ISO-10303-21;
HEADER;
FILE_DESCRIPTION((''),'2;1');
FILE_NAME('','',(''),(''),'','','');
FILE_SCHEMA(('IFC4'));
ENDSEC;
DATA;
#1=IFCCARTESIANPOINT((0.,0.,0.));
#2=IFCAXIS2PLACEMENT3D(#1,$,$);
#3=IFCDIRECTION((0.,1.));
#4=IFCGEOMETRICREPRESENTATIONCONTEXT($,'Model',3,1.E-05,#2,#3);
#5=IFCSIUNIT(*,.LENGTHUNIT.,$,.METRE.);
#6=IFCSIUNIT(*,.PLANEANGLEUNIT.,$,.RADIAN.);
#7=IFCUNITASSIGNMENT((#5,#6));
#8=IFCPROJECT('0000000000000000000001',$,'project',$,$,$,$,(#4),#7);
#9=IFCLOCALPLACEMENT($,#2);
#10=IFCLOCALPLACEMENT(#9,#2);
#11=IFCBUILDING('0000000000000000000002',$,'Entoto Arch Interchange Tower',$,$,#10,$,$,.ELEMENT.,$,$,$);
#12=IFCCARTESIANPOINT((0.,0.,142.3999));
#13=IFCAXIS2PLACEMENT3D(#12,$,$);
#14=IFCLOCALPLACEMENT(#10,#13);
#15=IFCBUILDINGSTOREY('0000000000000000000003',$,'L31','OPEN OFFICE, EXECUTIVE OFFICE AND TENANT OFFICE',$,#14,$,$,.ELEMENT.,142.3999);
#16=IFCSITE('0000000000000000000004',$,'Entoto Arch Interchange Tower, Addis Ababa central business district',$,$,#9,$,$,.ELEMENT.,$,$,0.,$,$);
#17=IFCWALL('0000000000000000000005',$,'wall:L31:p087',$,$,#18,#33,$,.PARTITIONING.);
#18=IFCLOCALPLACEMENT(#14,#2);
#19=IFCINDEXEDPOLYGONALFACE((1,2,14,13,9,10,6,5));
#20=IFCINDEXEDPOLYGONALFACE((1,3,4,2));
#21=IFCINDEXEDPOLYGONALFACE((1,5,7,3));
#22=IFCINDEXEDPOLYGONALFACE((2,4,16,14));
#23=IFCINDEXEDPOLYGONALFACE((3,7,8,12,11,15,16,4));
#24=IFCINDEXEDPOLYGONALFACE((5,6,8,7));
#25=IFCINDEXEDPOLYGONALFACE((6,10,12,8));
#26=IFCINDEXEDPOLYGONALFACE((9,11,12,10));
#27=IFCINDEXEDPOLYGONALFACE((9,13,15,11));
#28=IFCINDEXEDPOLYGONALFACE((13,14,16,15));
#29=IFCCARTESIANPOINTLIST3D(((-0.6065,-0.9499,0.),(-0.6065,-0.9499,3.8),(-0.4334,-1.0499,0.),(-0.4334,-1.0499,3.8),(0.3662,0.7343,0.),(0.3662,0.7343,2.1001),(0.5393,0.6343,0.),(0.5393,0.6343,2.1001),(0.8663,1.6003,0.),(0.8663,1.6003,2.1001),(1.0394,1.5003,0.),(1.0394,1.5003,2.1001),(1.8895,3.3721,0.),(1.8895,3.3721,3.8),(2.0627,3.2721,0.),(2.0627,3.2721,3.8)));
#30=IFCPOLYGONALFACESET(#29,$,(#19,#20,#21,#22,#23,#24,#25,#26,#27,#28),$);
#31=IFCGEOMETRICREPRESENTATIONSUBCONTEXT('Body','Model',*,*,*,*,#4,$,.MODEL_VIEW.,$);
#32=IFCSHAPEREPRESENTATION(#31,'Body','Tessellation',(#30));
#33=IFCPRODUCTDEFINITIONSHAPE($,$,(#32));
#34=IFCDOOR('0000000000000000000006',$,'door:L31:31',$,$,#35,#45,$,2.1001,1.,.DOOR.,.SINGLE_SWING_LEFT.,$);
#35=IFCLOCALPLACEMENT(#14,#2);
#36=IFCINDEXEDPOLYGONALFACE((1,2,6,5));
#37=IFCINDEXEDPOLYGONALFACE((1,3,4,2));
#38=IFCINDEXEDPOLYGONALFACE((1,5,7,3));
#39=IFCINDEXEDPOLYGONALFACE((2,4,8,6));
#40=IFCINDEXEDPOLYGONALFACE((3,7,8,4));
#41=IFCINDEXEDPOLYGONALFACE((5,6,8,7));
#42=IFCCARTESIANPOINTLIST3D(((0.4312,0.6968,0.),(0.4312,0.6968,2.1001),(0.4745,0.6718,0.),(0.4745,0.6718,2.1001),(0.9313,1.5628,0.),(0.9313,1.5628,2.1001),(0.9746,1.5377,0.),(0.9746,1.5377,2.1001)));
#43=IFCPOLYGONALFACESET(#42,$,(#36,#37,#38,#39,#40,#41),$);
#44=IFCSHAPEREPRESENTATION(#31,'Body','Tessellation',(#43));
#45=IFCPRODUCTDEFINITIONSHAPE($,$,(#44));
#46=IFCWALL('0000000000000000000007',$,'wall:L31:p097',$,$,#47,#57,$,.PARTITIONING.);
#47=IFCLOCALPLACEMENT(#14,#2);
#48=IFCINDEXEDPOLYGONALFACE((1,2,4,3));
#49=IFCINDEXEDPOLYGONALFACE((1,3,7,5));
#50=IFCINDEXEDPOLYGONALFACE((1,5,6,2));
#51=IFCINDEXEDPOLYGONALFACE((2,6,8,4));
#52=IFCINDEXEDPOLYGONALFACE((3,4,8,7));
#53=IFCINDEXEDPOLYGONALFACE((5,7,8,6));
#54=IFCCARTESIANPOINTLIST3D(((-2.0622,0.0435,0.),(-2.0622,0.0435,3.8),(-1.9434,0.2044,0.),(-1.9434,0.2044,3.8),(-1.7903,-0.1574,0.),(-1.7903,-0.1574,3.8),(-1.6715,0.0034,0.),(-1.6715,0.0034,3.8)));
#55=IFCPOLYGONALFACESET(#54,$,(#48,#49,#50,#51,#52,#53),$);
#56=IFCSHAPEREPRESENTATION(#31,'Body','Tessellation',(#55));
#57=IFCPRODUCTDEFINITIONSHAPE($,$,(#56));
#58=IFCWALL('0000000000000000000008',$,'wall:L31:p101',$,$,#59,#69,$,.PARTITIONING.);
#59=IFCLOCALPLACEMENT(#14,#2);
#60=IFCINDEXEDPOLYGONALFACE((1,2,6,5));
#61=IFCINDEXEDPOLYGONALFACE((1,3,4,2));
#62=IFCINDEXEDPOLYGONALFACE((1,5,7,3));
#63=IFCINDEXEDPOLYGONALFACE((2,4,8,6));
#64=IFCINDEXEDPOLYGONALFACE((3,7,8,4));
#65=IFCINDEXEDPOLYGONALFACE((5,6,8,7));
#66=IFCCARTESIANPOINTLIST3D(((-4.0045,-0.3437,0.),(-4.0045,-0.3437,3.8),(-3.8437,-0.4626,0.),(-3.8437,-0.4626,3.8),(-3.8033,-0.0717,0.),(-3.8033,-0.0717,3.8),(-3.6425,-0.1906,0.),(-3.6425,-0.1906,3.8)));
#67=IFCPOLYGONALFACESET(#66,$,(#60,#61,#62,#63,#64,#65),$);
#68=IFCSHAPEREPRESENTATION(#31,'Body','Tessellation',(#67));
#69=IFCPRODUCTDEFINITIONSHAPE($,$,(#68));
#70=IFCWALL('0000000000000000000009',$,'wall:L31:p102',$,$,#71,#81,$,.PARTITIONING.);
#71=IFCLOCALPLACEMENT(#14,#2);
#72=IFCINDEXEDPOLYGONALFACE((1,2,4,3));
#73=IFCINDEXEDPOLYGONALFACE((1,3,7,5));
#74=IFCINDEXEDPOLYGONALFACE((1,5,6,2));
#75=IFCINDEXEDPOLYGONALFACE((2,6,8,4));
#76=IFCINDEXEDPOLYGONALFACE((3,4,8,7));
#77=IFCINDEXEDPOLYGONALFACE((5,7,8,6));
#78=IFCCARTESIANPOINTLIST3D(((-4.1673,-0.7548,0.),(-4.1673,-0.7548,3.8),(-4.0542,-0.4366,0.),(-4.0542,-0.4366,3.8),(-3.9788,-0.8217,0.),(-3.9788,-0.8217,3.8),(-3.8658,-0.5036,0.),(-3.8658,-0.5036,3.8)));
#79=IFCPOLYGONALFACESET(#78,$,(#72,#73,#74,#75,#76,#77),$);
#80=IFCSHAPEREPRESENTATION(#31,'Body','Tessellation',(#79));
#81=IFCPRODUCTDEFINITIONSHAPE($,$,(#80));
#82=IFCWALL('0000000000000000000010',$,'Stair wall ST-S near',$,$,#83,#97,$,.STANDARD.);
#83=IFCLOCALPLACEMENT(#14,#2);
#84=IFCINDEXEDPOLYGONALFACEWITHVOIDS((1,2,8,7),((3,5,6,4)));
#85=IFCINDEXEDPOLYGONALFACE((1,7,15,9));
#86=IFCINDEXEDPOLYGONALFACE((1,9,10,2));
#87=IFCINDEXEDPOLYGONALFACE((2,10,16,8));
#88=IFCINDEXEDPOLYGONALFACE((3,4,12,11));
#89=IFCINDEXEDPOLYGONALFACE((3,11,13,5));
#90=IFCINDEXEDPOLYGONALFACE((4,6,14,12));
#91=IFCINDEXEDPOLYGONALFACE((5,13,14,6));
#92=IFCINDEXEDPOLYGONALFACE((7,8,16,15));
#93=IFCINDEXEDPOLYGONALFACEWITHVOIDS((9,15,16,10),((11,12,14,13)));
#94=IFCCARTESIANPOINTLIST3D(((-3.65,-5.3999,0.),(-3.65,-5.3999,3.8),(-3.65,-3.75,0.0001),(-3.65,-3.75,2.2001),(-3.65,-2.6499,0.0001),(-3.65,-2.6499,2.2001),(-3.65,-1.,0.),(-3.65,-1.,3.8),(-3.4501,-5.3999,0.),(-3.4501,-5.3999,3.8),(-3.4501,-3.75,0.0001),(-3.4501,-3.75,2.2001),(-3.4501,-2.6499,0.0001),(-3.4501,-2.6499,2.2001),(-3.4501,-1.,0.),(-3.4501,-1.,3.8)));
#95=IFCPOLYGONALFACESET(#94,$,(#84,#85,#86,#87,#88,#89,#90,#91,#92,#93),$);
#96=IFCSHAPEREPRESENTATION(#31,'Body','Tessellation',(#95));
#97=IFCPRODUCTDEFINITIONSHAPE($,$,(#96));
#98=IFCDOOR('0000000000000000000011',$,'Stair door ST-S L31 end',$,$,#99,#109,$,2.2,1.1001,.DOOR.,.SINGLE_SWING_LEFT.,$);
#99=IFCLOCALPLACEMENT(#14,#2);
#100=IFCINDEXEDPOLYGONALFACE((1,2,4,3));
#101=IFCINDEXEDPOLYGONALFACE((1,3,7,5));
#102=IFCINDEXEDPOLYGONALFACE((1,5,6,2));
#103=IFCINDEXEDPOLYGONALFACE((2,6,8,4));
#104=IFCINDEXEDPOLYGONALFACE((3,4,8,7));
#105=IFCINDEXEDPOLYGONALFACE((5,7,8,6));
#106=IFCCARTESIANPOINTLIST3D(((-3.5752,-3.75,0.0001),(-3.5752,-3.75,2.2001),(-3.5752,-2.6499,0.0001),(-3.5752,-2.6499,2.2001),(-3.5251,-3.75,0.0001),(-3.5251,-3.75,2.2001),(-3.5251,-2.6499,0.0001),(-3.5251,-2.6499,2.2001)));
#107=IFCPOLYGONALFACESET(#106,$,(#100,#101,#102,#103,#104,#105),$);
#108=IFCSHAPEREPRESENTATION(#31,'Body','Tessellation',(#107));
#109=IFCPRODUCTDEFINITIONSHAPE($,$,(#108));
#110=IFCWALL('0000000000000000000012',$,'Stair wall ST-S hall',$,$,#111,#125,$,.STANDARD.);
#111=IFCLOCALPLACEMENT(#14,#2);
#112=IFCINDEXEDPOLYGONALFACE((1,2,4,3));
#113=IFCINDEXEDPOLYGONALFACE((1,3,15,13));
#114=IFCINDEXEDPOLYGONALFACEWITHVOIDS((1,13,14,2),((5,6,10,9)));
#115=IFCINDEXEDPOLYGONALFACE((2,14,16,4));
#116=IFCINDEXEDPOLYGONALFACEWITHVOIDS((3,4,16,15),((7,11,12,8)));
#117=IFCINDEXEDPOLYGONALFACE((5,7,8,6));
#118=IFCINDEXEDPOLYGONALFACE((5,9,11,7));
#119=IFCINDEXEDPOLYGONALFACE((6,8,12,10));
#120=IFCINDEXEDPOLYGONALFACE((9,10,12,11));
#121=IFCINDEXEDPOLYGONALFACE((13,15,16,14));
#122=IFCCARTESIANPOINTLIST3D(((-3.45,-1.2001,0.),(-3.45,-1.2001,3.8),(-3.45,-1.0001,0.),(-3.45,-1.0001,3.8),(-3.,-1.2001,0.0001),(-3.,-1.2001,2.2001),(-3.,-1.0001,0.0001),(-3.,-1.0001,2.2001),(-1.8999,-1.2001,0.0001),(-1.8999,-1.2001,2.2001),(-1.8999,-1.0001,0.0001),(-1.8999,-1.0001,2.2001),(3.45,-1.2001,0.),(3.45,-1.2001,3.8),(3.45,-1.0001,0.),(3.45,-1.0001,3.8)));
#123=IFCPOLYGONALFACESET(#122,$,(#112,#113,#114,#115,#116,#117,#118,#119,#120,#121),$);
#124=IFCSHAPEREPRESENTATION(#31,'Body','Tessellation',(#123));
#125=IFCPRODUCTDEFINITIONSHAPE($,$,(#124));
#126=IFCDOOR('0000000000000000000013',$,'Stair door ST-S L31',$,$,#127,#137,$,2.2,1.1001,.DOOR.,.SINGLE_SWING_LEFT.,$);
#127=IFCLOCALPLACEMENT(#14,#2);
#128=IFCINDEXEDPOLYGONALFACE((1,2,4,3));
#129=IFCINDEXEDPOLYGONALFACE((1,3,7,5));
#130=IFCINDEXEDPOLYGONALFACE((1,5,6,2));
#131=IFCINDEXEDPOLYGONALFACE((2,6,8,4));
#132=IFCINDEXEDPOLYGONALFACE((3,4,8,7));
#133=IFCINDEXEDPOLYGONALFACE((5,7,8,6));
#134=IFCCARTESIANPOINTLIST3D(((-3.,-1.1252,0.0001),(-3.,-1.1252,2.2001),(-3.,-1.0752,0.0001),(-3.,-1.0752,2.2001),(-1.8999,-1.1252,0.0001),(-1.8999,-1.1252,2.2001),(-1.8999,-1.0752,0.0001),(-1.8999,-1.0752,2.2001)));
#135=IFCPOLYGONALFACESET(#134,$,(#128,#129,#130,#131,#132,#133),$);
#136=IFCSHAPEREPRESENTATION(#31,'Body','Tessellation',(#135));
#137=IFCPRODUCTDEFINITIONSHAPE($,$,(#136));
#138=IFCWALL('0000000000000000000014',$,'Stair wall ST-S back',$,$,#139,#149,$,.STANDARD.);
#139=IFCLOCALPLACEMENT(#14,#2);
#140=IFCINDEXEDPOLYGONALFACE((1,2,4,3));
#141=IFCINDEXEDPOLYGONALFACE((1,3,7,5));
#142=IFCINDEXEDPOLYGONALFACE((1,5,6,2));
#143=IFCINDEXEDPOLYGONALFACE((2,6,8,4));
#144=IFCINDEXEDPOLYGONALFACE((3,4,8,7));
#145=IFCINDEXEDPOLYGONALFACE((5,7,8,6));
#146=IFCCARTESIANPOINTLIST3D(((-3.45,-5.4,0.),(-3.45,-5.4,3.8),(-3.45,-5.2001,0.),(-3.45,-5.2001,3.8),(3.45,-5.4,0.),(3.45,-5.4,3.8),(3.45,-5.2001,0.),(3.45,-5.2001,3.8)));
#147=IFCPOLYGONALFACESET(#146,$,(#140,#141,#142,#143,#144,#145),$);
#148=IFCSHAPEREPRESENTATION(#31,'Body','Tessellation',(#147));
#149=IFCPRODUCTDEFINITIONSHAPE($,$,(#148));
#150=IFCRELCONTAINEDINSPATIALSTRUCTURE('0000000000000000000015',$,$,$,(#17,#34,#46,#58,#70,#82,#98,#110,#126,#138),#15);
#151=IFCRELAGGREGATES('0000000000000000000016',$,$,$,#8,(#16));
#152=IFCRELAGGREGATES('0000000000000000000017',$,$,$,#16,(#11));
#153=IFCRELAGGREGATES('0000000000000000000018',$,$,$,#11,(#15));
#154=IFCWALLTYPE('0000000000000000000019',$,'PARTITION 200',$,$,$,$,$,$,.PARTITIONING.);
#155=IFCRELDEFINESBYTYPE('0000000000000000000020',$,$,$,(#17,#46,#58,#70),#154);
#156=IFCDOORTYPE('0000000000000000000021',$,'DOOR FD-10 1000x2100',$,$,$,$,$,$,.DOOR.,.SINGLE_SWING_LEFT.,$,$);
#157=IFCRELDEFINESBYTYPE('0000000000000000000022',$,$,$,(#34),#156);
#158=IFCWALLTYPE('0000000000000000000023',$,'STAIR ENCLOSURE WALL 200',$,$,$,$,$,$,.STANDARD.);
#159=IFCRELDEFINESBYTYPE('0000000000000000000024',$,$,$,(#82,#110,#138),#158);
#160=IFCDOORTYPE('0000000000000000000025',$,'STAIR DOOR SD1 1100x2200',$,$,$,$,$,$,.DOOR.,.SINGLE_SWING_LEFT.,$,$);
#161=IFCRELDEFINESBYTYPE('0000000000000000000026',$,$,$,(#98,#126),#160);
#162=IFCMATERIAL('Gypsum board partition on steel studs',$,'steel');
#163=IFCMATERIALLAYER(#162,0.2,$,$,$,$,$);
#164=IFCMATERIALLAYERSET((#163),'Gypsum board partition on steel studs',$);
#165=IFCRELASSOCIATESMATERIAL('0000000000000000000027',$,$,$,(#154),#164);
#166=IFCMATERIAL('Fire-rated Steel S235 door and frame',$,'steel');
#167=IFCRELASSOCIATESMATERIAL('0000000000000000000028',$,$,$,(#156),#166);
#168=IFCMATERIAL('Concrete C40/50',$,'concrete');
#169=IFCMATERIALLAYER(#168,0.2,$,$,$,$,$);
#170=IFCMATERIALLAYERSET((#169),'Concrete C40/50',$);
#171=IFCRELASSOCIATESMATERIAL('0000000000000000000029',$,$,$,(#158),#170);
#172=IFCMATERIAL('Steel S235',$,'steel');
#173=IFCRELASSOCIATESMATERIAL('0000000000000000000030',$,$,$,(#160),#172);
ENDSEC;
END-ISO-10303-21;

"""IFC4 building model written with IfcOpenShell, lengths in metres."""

from ifc_helpers import new_model, si_unit, direction, frame, frame_2d, origin, place, context, subcontext, project, spatial, rectangle, extrude, material, layer, layer_set, type_object, element, fill, save


model = new_model("IFC4")

# Units and contexts
model_context = context("Model", 3, precision=1e-05, world=origin(), true_north=direction((0.0, 1.0)))
body_context = subcontext(model_context, "Body", "Model", "MODEL_VIEW")
ifc_project = project(units=[si_unit("LENGTHUNIT", "METRE"), si_unit("PLANEANGLEUNIT", "RADIAN")], contexts=[model_context])

# Site, building, storey
site_placement = place(None, origin())
site = spatial("IfcSite", under=ifc_project, at=site_placement, Name="Entoto Arch Interchange Tower, Addis Ababa central business district", CompositionType="ELEMENT", RefElevation=0.0)
building_placement = place(site_placement, origin())
building = spatial("IfcBuilding", under=site, at=building_placement, Name="Entoto Arch Interchange Tower", CompositionType="ELEMENT")
storey_placement = place(building_placement, frame((0.0, 0.0, 142.3999)))
storey = spatial("IfcBuildingStorey", under=building, at=storey_placement, Name="L31", Description="OPEN OFFICE, EXECUTIVE OFFICE AND TENANT OFFICE", CompositionType="ELEMENT", Elevation=142.3999)

# Shared definitions
ifc_material_1 = material(Name="Concrete C40/50", Category="concrete")
ifc_material_2 = material(Name="Gypsum board partition on steel studs", Category="steel")
ifc_layer_1 = layer(ifc_material_2, 0.2)
ifc_layer_set_1 = layer_set([ifc_layer_1], Name="Gypsum board partition on steel studs")
wall_type_1 = type_object("IfcWallType", Name="PARTITION 200", PredefinedType="PARTITIONING", material=ifc_layer_set_1)

# Wall, opening, door
wall_1_placement = place(storey_placement, frame((-0.52, -1.0, 0.0), z_axis=(0.0, 0.0, 1.0), x_axis=(0.500116, 0.865958, 0.0)))
wall_1 = element("IfcWall", 1, at=wall_1_placement, inside=storey, type_object=wall_type_1, Name="wall:L31:p087", PredefinedType="PARTITIONING", context=body_context, shape_type="SweptSolid", body=[
    extrude(rectangle(XDim=4.991, YDim=0.2, at=frame_2d((2.4956, 0.0))), origin(), (0.0, 0.0, 1.0), 3.8),
])
opening_1_placement = place(wall_1_placement, frame((1.9451, 0.0, 0.0)))
opening_1 = element("IfcOpeningElement", 2, at=opening_1_placement, cuts=wall_1, PredefinedType="OPENING", context=body_context, shape_type="SweptSolid", body=[
    extrude(rectangle(XDim=1.0, YDim=2.1001, at=frame_2d((0.5, 1.05))), frame((0.0, 0.1099, 0.0), z_axis=(0.0, -1.0, 0.0), x_axis=(1.0, 0.0, 0.0)), (0.0, 0.0, 1.0), 0.22),
])
ifc_material_3 = material(Name="Fire-rated Steel S235 door and frame", Category="steel")
door_type_1 = type_object("IfcDoorType", Name="DOOR FD-10 1000x2100", OperationType="SINGLE_SWING_LEFT", PredefinedType="DOOR", material=ifc_material_3)
door_1_placement = place(opening_1_placement, origin())
door_1 = element("IfcDoor", 3, at=door_1_placement, inside=storey, type_object=door_type_1, Name="door:L31:31", OperationType="SINGLE_SWING_LEFT", OverallHeight=2.1001, OverallWidth=1.0, PredefinedType="DOOR", context=body_context, shape_type="SweptSolid", body=[
    extrude(rectangle(XDim=1.0, YDim=2.1001, at=frame_2d((0.5, 1.05))), frame((0.0, 0.0249, 0.0), z_axis=(0.0, -1.0, 0.0), x_axis=(1.0, 0.0, 0.0)), (0.0, 0.0, 1.0), 0.05),
])
fill(opening_1, door_1)

# Walls
wall_2_placement = place(storey_placement, frame((-1.731, -0.0769, 0.0), z_axis=(0.0, 0.0, 1.0), x_axis=(-0.804311, 0.594208, 0.0)))
element("IfcWall", 4, at=wall_2_placement, inside=storey, type_object=wall_type_1, Name="wall:L31:p097", PredefinedType="PARTITIONING", context=body_context, shape_type="SweptSolid", body=[
    extrude(rectangle(XDim=0.3381, YDim=0.2, at=frame_2d((0.1689, 0.0))), origin(), (0.0, 0.0, 1.0), 3.8),
])
wall_3_placement = place(storey_placement, frame((-3.7229, -0.1311, 0.0), z_axis=(0.0, 0.0, 1.0), x_axis=(-0.594675, -0.803966, 0.0)))
element("IfcWall", 5, at=wall_3_placement, inside=storey, type_object=wall_type_1, Name="wall:L31:p101", PredefinedType="PARTITIONING", context=body_context, shape_type="SweptSolid", body=[
    extrude(rectangle(XDim=0.3384, YDim=0.2, at=frame_2d((0.1692, 0.0))), origin(), (0.0, 0.0, 1.0), 3.8),
])
wall_4_placement = place(storey_placement, frame((-3.96, -0.47, 0.0), z_axis=(0.0, 0.0, 1.0), x_axis=(-0.334824, -0.942281, 0.0)))
element("IfcWall", 6, at=wall_4_placement, inside=storey, type_object=wall_type_1, Name="wall:L31:p102", PredefinedType="PARTITIONING", context=body_context, shape_type="SweptSolid", body=[
    extrude(rectangle(XDim=0.3376, YDim=0.2, at=frame_2d((0.1689, 0.0))), origin(), (0.0, 0.0, 1.0), 3.8),
])

# Walls, openings, doors
ifc_layer_2 = layer(ifc_material_1, 0.2)
ifc_layer_set_2 = layer_set([ifc_layer_2], Name="Concrete C40/50")
wall_type_2 = type_object("IfcWallType", Name="STAIR ENCLOSURE WALL 200", PredefinedType="STANDARD", material=ifc_layer_set_2)
wall_5_placement = place(storey_placement, frame((-3.55, -1.0, 0.0), z_axis=(0.0, 0.0, 1.0), x_axis=(0.0, -1.0, 0.0)))
wall_5 = element("IfcWall", 7, at=wall_5_placement, inside=storey, type_object=wall_type_2, Name="Stair wall ST-S near", PredefinedType="STANDARD", context=body_context, shape_type="SweptSolid", body=[
    extrude(rectangle(XDim=4.3999, YDim=0.2, at=frame_2d((2.2, 0.0))), origin(), (0.0, 0.0, 1.0), 3.8),
])
opening_2_placement = place(wall_5_placement, frame((1.6499, 0.0, 0.0)))
opening_2 = element("IfcOpeningElement", 8, at=opening_2_placement, cuts=wall_5, PredefinedType="OPENING", context=body_context, shape_type="SweptSolid", body=[
    extrude(rectangle(XDim=1.1001, YDim=2.2, at=frame_2d((0.55, 1.1001))), frame((0.0, 0.1099, 0.0), z_axis=(0.0, -1.0, 0.0), x_axis=(1.0, 0.0, 0.0)), (0.0, 0.0, 1.0), 0.22),
])
ifc_material_4 = material(Name="Steel S235", Category="steel")
door_type_2 = type_object("IfcDoorType", Name="STAIR DOOR SD1 1100x2200", OperationType="SINGLE_SWING_LEFT", PredefinedType="DOOR", material=ifc_material_4)
door_2_placement = place(opening_2_placement, origin())
door_2 = element("IfcDoor", 9, at=door_2_placement, inside=storey, type_object=door_type_2, Name="Stair door ST-S L31 end", OperationType="SINGLE_SWING_LEFT", OverallHeight=2.2, OverallWidth=1.1001, PredefinedType="DOOR", context=body_context, shape_type="SweptSolid", body=[
    extrude(rectangle(XDim=1.1001, YDim=2.2, at=frame_2d((0.55, 1.1001))), frame((0.0, 0.0249, 0.0), z_axis=(0.0, -1.0, 0.0), x_axis=(1.0, 0.0, 0.0)), (0.0, 0.0, 1.0), 0.05),
])
fill(opening_2, door_2)
wall_6_placement = place(storey_placement, frame((-3.45, -1.1001, 0.0), z_axis=(0.0, 0.0, 1.0), x_axis=(1.0, 0.0, 0.0)))
wall_6 = element("IfcWall", 10, at=wall_6_placement, inside=storey, type_object=wall_type_2, Name="Stair wall ST-S hall", PredefinedType="STANDARD", context=body_context, shape_type="SweptSolid", body=[
    extrude(rectangle(XDim=6.8999, YDim=0.2, at=frame_2d((3.45, 0.0))), origin(), (0.0, 0.0, 1.0), 3.8),
])
opening_3_placement = place(wall_6_placement, frame((0.45, 0.0, 0.0)))
opening_3 = element("IfcOpeningElement", 11, at=opening_3_placement, cuts=wall_6, PredefinedType="OPENING", context=body_context, shape_type="SweptSolid", body=[
    extrude(rectangle(XDim=1.1001, YDim=2.2, at=frame_2d((0.55, 1.1001))), frame((0.0, 0.1099, 0.0), z_axis=(0.0, -1.0, 0.0), x_axis=(1.0, 0.0, 0.0)), (0.0, 0.0, 1.0), 0.22),
])
door_3_placement = place(opening_3_placement, origin())
door_3 = element("IfcDoor", 12, at=door_3_placement, inside=storey, type_object=door_type_2, Name="Stair door ST-S L31", OperationType="SINGLE_SWING_LEFT", OverallHeight=2.2, OverallWidth=1.1001, PredefinedType="DOOR", context=body_context, shape_type="SweptSolid", body=[
    extrude(rectangle(XDim=1.1001, YDim=2.2, at=frame_2d((0.55, 1.1001))), frame((0.0, 0.0249, 0.0), z_axis=(0.0, -1.0, 0.0), x_axis=(1.0, 0.0, 0.0)), (0.0, 0.0, 1.0), 0.05),
])
fill(opening_3, door_3)

# Wall
wall_7_placement = place(storey_placement, frame((-3.45, -5.3, 0.0), z_axis=(0.0, 0.0, 1.0), x_axis=(1.0, 0.0, 0.0)))
element("IfcWall", 13, at=wall_7_placement, inside=storey, type_object=wall_type_2, Name="Stair wall ST-S back", PredefinedType="STANDARD", context=body_context, shape_type="SweptSolid", body=[
    extrude(rectangle(XDim=6.8999, YDim=0.2, at=frame_2d((3.45, 0.0))), origin(), (0.0, 0.0, 1.0), 3.8),
])

save(model, "model.ifc")
